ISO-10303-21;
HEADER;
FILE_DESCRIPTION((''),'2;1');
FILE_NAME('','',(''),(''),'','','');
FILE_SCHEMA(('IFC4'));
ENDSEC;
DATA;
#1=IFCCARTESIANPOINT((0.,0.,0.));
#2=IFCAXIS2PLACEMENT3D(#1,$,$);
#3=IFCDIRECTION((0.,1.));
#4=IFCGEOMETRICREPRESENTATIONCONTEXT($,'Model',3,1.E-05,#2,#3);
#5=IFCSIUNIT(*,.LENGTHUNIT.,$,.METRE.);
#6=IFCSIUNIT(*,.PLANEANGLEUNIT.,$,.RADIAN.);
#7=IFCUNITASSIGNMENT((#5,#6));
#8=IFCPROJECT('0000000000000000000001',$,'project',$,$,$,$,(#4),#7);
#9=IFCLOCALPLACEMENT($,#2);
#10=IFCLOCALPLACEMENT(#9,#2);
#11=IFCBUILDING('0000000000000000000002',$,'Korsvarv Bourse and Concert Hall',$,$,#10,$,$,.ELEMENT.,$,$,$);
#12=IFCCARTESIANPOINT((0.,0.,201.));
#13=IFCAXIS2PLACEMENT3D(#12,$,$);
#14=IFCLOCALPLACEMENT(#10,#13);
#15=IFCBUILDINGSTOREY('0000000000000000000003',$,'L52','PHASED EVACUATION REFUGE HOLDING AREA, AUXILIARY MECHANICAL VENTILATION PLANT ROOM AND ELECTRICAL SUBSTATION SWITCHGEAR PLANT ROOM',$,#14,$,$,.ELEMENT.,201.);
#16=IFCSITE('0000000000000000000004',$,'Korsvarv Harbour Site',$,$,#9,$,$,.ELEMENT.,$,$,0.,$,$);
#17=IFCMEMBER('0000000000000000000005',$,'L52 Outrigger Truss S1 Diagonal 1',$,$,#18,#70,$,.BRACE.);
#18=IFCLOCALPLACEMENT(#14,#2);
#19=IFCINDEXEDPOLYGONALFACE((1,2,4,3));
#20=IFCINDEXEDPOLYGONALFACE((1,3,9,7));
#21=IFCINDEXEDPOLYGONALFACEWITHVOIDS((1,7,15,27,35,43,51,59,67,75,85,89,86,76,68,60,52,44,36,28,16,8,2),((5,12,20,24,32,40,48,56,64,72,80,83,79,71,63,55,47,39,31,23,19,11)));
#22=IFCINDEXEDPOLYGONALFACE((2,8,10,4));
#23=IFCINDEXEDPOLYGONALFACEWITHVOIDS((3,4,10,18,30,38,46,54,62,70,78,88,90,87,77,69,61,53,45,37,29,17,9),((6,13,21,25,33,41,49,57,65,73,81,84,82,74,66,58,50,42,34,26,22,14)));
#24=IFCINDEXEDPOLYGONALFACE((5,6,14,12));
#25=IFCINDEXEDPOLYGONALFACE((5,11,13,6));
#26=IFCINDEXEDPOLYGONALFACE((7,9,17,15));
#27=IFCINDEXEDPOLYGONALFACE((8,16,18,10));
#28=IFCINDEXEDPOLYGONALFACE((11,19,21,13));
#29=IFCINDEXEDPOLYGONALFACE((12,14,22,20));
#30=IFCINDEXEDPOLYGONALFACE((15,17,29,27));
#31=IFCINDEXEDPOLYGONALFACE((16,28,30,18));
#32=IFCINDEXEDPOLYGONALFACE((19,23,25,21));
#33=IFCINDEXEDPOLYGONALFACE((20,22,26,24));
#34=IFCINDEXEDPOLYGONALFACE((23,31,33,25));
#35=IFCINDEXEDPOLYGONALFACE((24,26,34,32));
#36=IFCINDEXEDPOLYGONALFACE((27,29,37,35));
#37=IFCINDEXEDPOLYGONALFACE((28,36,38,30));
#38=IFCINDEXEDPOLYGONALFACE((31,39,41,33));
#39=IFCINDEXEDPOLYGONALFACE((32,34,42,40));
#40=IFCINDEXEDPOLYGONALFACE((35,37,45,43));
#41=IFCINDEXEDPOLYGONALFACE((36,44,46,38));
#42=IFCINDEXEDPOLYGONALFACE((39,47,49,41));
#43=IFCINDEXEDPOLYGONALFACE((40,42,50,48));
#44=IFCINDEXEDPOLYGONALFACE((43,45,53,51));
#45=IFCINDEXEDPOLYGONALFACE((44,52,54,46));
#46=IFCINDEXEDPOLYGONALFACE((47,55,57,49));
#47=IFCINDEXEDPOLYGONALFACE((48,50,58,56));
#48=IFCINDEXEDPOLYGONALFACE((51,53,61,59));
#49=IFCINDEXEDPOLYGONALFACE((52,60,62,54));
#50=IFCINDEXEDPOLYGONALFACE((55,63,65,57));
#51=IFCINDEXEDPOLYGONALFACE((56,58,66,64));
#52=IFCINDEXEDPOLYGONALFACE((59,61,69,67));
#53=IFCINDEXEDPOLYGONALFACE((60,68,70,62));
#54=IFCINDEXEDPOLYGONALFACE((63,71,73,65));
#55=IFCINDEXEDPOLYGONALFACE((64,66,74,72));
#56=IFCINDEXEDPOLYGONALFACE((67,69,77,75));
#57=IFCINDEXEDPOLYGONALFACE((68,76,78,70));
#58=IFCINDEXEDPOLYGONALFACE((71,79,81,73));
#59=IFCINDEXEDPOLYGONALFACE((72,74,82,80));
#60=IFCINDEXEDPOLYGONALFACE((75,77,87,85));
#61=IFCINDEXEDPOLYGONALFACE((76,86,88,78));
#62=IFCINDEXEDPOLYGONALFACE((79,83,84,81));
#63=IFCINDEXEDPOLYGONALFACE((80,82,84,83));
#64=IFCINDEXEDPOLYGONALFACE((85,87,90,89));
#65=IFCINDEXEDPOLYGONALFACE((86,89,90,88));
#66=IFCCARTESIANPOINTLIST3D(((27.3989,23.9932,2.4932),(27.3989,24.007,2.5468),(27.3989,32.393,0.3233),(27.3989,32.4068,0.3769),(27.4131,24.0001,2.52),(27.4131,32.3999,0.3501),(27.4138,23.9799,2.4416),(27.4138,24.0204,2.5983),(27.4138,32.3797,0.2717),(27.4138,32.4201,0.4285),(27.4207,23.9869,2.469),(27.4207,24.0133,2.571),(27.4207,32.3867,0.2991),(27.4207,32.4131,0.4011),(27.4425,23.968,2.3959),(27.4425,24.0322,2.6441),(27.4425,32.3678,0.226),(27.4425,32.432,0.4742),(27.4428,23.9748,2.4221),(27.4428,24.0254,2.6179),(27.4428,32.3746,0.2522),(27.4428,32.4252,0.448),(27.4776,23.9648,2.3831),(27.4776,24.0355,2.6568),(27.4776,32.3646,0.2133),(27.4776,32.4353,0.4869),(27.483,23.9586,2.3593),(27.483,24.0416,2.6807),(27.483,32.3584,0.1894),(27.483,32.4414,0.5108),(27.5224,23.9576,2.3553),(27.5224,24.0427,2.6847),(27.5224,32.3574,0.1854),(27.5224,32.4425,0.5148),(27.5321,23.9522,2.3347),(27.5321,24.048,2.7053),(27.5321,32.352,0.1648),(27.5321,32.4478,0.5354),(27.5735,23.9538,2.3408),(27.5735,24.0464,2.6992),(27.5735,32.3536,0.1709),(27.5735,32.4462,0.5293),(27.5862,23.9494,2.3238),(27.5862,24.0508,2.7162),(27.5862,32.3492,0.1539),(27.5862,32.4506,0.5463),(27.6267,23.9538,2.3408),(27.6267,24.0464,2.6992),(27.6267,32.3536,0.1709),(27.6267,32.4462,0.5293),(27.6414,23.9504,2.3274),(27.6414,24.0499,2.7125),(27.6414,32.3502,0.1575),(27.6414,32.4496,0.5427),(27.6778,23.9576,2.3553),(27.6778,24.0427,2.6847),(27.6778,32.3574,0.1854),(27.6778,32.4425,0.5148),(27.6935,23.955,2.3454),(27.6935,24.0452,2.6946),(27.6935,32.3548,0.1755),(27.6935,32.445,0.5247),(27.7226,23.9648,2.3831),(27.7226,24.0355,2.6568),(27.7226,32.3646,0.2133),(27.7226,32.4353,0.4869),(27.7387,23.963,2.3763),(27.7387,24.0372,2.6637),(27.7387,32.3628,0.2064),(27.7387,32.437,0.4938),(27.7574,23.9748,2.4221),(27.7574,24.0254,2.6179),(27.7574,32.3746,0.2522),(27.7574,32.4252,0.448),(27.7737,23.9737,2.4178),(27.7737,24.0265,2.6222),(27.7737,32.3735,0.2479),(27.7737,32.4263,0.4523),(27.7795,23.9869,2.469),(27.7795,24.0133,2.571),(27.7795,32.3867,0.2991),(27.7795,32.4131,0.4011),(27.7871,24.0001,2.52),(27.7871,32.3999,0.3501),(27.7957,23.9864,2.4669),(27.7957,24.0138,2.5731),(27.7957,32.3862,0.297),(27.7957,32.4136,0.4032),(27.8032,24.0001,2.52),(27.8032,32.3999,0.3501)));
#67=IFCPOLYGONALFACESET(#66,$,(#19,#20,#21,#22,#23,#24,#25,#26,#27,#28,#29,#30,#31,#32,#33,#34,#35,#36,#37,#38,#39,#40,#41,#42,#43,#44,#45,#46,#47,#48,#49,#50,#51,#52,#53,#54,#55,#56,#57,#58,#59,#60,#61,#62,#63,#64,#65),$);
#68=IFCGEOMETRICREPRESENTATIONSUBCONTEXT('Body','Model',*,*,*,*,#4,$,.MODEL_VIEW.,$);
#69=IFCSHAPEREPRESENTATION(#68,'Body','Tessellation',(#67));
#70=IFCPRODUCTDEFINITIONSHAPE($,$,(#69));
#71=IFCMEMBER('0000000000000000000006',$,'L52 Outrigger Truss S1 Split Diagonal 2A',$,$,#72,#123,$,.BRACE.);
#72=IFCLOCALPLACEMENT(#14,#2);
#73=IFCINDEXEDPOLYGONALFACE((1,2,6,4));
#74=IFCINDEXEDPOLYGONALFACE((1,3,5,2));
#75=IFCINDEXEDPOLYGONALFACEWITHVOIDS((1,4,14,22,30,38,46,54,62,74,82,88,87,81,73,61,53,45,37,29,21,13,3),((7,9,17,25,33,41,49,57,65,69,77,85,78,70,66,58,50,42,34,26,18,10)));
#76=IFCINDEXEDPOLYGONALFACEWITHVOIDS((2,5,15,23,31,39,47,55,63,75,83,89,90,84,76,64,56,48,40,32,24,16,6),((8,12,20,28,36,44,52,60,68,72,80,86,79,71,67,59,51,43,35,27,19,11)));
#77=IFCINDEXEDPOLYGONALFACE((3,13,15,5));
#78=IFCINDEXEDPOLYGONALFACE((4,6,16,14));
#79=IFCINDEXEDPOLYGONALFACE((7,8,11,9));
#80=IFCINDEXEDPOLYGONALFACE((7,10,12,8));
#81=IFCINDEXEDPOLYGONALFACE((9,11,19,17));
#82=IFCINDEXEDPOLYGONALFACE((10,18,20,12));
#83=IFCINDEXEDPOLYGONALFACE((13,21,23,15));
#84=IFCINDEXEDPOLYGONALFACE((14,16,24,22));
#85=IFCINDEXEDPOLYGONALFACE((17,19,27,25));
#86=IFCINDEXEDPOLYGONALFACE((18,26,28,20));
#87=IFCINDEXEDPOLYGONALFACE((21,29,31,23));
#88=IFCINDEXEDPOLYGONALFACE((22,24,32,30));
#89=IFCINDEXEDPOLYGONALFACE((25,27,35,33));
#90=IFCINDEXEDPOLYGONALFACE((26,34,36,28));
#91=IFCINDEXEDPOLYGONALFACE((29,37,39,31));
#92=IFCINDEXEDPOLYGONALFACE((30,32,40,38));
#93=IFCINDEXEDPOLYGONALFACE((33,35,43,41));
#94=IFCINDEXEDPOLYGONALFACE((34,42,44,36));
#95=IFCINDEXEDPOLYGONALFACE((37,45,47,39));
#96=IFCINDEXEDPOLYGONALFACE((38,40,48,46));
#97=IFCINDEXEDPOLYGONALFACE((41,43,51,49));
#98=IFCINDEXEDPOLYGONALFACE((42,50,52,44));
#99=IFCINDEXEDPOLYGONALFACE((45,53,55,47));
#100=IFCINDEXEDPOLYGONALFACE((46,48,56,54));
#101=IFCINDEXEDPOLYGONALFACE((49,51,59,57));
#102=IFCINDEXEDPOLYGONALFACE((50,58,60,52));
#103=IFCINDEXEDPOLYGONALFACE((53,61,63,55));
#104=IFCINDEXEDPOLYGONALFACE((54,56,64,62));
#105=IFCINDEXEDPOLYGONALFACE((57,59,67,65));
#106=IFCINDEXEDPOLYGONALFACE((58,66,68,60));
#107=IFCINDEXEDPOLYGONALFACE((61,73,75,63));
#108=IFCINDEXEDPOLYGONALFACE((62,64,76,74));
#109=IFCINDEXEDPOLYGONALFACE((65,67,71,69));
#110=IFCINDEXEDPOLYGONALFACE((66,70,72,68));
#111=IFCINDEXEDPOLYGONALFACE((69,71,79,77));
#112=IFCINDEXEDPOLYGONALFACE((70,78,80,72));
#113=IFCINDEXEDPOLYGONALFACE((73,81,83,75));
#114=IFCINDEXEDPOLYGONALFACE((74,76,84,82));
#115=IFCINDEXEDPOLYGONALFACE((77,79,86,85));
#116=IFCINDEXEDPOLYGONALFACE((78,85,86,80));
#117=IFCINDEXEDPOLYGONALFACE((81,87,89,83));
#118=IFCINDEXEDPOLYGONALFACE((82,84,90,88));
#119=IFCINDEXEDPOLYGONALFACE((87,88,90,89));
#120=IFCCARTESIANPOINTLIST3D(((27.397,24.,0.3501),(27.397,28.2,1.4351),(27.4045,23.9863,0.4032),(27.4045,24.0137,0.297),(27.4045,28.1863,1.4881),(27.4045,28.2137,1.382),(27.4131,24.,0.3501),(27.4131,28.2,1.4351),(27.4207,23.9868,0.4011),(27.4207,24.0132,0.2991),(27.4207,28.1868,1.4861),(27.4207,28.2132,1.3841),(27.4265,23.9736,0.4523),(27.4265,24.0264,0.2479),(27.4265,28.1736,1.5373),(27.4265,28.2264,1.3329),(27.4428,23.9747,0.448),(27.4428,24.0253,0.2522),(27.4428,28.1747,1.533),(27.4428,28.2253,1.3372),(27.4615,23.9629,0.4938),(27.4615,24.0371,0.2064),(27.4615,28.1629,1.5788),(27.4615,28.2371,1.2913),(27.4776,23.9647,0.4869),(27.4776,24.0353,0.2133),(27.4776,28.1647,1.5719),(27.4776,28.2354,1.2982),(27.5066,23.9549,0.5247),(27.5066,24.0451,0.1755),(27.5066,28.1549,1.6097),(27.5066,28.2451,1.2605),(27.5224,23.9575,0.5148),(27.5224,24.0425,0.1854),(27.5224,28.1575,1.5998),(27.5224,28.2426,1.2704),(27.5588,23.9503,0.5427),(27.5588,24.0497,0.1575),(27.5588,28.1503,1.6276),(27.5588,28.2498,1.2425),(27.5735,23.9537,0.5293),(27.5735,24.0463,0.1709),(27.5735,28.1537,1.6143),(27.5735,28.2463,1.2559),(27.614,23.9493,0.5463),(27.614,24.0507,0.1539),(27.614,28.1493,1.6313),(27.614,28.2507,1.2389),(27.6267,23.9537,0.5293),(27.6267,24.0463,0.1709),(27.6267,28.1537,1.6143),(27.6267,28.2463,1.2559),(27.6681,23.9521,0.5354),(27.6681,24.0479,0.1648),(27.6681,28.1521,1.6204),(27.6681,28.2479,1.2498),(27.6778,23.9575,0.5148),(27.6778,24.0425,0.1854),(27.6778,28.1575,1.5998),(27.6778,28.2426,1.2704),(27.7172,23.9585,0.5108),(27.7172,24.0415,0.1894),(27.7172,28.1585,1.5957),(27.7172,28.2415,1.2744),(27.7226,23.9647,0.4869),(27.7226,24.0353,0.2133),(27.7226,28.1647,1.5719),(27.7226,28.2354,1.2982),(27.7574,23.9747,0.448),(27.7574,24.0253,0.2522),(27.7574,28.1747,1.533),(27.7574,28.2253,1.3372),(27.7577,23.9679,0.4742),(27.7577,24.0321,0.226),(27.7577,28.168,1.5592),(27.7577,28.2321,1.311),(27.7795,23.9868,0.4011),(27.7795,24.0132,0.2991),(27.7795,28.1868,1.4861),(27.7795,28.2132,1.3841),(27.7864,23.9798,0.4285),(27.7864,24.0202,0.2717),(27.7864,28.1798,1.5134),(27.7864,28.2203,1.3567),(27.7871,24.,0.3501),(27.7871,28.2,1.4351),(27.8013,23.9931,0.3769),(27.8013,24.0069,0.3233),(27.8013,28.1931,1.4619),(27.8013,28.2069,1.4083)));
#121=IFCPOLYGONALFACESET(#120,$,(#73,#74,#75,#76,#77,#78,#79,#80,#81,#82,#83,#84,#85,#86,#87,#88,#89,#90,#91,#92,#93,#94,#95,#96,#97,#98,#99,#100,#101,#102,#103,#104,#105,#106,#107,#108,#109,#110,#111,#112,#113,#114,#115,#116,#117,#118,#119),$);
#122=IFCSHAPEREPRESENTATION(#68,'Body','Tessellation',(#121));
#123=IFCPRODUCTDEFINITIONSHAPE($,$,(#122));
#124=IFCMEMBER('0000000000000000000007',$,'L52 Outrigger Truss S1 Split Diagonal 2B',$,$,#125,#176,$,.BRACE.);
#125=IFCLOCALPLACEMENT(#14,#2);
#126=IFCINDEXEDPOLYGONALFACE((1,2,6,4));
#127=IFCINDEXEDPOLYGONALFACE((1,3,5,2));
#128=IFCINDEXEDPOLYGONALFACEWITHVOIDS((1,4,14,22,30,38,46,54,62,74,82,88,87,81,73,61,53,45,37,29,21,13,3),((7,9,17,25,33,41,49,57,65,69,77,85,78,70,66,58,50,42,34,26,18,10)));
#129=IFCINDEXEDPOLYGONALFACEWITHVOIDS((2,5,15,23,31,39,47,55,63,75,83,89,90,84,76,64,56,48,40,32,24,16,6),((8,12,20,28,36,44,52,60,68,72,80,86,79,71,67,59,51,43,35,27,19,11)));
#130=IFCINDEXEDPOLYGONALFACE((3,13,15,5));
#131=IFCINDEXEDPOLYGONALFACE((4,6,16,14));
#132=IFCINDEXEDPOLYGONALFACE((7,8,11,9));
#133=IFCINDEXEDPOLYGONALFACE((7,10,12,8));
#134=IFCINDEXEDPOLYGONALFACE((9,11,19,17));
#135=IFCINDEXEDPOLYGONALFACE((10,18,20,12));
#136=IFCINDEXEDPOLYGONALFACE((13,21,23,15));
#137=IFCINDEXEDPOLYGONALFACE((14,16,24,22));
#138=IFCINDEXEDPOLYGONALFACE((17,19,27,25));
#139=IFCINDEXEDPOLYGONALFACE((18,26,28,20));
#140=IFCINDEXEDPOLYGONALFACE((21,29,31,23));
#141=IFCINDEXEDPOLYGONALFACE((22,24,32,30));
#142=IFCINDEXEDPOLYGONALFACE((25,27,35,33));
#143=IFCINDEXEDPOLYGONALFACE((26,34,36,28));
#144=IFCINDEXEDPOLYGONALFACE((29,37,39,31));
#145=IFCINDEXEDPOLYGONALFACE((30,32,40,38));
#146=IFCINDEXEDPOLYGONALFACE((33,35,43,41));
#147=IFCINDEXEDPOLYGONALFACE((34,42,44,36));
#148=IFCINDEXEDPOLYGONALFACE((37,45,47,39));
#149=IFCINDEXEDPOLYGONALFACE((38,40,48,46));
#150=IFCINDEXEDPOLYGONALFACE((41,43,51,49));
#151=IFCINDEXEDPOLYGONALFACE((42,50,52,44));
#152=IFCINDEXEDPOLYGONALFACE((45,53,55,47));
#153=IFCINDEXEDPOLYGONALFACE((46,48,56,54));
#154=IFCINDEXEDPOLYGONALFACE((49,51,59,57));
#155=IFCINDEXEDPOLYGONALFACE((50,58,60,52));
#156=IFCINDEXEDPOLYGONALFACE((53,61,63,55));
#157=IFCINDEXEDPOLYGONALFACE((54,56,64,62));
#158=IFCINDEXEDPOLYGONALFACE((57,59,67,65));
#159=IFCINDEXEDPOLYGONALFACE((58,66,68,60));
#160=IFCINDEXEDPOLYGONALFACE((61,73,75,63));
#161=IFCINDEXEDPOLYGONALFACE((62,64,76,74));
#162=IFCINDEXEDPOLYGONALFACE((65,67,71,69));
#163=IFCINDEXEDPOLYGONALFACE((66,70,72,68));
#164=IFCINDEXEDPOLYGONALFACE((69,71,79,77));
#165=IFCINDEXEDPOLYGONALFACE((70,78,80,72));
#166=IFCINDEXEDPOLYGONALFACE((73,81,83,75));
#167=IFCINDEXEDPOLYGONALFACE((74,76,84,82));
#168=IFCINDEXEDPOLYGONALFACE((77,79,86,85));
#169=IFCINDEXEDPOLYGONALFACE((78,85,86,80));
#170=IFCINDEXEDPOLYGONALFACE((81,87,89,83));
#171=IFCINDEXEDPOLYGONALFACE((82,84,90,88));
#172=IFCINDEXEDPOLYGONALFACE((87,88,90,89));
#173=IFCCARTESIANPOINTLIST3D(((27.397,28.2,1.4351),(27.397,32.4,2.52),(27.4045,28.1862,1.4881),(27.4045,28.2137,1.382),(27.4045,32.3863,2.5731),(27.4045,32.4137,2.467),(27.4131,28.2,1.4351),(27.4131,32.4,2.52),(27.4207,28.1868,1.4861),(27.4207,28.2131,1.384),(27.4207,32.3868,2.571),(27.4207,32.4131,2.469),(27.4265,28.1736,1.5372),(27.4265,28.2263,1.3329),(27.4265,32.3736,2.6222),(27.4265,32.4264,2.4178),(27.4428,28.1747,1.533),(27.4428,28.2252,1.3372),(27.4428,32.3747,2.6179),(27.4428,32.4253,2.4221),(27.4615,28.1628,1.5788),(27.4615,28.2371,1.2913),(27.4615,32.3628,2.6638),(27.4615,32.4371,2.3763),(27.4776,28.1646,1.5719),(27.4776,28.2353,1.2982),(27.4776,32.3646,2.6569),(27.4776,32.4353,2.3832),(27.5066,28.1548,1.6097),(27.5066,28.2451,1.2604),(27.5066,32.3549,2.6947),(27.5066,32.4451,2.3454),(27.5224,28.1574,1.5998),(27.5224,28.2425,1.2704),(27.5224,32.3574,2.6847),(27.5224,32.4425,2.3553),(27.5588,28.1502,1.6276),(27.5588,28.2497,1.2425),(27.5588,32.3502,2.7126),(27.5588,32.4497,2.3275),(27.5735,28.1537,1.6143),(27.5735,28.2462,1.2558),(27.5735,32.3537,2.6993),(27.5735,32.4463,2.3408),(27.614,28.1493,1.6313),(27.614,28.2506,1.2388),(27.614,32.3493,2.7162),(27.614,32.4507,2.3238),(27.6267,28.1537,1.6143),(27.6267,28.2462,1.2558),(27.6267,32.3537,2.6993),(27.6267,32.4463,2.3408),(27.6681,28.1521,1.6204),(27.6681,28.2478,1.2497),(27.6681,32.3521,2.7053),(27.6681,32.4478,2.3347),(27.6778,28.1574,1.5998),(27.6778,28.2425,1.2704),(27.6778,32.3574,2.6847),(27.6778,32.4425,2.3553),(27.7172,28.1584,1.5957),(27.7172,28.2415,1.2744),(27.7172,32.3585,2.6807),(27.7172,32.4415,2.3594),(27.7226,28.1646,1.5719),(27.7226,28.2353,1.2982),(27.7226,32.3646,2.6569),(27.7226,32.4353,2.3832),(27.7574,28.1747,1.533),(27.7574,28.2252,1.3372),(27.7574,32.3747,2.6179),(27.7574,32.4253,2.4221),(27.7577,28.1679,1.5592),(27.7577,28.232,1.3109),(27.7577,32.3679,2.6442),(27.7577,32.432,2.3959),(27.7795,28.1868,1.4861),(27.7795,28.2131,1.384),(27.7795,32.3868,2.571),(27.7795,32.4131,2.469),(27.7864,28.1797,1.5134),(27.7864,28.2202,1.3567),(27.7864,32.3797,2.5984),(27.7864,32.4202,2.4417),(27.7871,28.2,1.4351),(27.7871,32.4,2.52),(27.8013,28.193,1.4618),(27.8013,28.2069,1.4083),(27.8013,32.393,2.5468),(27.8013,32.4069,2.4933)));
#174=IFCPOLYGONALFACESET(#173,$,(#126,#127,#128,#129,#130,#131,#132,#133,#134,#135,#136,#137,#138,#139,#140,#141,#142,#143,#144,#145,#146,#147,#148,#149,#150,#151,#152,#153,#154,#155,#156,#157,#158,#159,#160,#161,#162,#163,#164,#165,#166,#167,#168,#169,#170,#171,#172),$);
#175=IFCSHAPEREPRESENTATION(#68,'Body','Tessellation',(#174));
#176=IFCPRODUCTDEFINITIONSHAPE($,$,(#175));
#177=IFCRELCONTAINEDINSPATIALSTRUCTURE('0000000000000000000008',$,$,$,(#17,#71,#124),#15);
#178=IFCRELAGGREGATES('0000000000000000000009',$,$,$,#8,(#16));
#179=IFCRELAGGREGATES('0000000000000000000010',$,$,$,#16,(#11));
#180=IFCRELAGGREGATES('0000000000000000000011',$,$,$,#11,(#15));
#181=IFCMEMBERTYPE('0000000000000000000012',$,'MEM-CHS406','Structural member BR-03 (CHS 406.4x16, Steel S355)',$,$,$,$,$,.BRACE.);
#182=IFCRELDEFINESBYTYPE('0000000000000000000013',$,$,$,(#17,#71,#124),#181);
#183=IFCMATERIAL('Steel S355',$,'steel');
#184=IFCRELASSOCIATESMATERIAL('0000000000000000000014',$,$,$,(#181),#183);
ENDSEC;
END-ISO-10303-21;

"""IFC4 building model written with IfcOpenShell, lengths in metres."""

from ifc_helpers import new_model, si_unit, direction, frame, origin, origin_2d, place, context, subcontext, project, spatial, hollow_circle, extrude, source, transform, mapped, material, material_profile, profile_set, type_object, element, save


model = new_model("IFC4")

# Units and contexts
model_context = context("Model", 3, precision=1e-05, world=origin(), true_north=direction((0.0, 1.0)))
body_context = subcontext(model_context, "Body", "Model", "MODEL_VIEW")
ifc_project = project(units=[si_unit("LENGTHUNIT", "METRE"), si_unit("PLANEANGLEUNIT", "RADIAN")], contexts=[model_context])

# Site, building, storey
site_placement = place(None, origin())
site = spatial("IfcSite", under=ifc_project, at=site_placement, Name="Korsvarv Harbour Site", CompositionType="ELEMENT", RefElevation=0.0)
building_placement = place(site_placement, origin())
building = spatial("IfcBuilding", under=site, at=building_placement, Name="Korsvarv Bourse and Concert Hall", CompositionType="ELEMENT")
storey_placement = place(building_placement, frame((0.0, 0.0, 201.0)))
storey = spatial("IfcBuildingStorey", under=building, at=storey_placement, Name="L52", Description="PHASED EVACUATION REFUGE HOLDING AREA, AUXILIARY MECHANICAL VENTILATION PLANT ROOM AND ELECTRICAL SUBSTATION SWITCHGEAR PLANT ROOM", CompositionType="ELEMENT", Elevation=201.0)

# Shared definitions
ifc_material_1 = material(Name="Steel S355", Category="steel")

# Members
ifc_material_profile_1 = material_profile(ifc_material_1, hollow_circle(Radius=0.2031, WallThickness=0.0161, at=origin_2d()), Name="CHS 406.4x16")
ifc_profile_set_1 = profile_set([ifc_material_profile_1], Name="Steel S355")
member_type_1 = type_object("IfcMemberType", Name="MEM-CHS406", Description="Structural member BR-03 (CHS 406.4x16, Steel S355)", PredefinedType="BRACE", material=ifc_profile_set_1)
shared_shape_1 = source(origin(), body_context, "Body", "SweptSolid", [
    extrude(hollow_circle(Radius=0.2031, WallThickness=0.0161, at=origin_2d()), origin(), (0.0, 0.0, 1.0), 8.6755),
])
member_1_placement = place(storey_placement, frame((27.6001, 32.3999, 0.3501), z_axis=(0.0, -0.968216, 0.250116), x_axis=(1.0, 0.0, 0.0)))
element("IfcMember", 1, at=member_1_placement, inside=storey, type_object=member_type_1, Name="L52 Outrigger Truss S1 Diagonal 1", PredefinedType="BRACE", context=body_context, shape_type="MappedRepresentation", body=[
    mapped(shared_shape_1, transform((0.0, 0.0, 0.0), scale=1.0)),
])
shared_shape_2 = source(origin(), body_context, "Body", "SweptSolid", [
    extrude(hollow_circle(Radius=0.2031, WallThickness=0.0161, at=origin_2d()), origin(), (0.0, 0.0, 1.0), 4.3379),
])
for number, where, z_axis, x_axis, name in (
    (2, (27.6001, 24.0, 0.3501), (0.0, 0.968216, 0.250116), (-1.0, 0.0, 0.0), "L52 Outrigger Truss S1 Split Diagonal 2A"),
    (3, (27.6001, 28.2, 1.4351), (0.0, 0.968216, 0.250116), (-1.0, 0.0, 0.0), "L52 Outrigger Truss S1 Split Diagonal 2B"),
):
    element("IfcMember", number, at=place(storey_placement, frame(where, z_axis=z_axis, x_axis=x_axis)), inside=storey, type_object=member_type_1, Name=name, PredefinedType="BRACE", context=body_context, shape_type="MappedRepresentation", body=[
        mapped(shared_shape_2, transform((0.0, 0.0, 0.0), scale=1.0)),
    ])

save(model, "model.ifc")
